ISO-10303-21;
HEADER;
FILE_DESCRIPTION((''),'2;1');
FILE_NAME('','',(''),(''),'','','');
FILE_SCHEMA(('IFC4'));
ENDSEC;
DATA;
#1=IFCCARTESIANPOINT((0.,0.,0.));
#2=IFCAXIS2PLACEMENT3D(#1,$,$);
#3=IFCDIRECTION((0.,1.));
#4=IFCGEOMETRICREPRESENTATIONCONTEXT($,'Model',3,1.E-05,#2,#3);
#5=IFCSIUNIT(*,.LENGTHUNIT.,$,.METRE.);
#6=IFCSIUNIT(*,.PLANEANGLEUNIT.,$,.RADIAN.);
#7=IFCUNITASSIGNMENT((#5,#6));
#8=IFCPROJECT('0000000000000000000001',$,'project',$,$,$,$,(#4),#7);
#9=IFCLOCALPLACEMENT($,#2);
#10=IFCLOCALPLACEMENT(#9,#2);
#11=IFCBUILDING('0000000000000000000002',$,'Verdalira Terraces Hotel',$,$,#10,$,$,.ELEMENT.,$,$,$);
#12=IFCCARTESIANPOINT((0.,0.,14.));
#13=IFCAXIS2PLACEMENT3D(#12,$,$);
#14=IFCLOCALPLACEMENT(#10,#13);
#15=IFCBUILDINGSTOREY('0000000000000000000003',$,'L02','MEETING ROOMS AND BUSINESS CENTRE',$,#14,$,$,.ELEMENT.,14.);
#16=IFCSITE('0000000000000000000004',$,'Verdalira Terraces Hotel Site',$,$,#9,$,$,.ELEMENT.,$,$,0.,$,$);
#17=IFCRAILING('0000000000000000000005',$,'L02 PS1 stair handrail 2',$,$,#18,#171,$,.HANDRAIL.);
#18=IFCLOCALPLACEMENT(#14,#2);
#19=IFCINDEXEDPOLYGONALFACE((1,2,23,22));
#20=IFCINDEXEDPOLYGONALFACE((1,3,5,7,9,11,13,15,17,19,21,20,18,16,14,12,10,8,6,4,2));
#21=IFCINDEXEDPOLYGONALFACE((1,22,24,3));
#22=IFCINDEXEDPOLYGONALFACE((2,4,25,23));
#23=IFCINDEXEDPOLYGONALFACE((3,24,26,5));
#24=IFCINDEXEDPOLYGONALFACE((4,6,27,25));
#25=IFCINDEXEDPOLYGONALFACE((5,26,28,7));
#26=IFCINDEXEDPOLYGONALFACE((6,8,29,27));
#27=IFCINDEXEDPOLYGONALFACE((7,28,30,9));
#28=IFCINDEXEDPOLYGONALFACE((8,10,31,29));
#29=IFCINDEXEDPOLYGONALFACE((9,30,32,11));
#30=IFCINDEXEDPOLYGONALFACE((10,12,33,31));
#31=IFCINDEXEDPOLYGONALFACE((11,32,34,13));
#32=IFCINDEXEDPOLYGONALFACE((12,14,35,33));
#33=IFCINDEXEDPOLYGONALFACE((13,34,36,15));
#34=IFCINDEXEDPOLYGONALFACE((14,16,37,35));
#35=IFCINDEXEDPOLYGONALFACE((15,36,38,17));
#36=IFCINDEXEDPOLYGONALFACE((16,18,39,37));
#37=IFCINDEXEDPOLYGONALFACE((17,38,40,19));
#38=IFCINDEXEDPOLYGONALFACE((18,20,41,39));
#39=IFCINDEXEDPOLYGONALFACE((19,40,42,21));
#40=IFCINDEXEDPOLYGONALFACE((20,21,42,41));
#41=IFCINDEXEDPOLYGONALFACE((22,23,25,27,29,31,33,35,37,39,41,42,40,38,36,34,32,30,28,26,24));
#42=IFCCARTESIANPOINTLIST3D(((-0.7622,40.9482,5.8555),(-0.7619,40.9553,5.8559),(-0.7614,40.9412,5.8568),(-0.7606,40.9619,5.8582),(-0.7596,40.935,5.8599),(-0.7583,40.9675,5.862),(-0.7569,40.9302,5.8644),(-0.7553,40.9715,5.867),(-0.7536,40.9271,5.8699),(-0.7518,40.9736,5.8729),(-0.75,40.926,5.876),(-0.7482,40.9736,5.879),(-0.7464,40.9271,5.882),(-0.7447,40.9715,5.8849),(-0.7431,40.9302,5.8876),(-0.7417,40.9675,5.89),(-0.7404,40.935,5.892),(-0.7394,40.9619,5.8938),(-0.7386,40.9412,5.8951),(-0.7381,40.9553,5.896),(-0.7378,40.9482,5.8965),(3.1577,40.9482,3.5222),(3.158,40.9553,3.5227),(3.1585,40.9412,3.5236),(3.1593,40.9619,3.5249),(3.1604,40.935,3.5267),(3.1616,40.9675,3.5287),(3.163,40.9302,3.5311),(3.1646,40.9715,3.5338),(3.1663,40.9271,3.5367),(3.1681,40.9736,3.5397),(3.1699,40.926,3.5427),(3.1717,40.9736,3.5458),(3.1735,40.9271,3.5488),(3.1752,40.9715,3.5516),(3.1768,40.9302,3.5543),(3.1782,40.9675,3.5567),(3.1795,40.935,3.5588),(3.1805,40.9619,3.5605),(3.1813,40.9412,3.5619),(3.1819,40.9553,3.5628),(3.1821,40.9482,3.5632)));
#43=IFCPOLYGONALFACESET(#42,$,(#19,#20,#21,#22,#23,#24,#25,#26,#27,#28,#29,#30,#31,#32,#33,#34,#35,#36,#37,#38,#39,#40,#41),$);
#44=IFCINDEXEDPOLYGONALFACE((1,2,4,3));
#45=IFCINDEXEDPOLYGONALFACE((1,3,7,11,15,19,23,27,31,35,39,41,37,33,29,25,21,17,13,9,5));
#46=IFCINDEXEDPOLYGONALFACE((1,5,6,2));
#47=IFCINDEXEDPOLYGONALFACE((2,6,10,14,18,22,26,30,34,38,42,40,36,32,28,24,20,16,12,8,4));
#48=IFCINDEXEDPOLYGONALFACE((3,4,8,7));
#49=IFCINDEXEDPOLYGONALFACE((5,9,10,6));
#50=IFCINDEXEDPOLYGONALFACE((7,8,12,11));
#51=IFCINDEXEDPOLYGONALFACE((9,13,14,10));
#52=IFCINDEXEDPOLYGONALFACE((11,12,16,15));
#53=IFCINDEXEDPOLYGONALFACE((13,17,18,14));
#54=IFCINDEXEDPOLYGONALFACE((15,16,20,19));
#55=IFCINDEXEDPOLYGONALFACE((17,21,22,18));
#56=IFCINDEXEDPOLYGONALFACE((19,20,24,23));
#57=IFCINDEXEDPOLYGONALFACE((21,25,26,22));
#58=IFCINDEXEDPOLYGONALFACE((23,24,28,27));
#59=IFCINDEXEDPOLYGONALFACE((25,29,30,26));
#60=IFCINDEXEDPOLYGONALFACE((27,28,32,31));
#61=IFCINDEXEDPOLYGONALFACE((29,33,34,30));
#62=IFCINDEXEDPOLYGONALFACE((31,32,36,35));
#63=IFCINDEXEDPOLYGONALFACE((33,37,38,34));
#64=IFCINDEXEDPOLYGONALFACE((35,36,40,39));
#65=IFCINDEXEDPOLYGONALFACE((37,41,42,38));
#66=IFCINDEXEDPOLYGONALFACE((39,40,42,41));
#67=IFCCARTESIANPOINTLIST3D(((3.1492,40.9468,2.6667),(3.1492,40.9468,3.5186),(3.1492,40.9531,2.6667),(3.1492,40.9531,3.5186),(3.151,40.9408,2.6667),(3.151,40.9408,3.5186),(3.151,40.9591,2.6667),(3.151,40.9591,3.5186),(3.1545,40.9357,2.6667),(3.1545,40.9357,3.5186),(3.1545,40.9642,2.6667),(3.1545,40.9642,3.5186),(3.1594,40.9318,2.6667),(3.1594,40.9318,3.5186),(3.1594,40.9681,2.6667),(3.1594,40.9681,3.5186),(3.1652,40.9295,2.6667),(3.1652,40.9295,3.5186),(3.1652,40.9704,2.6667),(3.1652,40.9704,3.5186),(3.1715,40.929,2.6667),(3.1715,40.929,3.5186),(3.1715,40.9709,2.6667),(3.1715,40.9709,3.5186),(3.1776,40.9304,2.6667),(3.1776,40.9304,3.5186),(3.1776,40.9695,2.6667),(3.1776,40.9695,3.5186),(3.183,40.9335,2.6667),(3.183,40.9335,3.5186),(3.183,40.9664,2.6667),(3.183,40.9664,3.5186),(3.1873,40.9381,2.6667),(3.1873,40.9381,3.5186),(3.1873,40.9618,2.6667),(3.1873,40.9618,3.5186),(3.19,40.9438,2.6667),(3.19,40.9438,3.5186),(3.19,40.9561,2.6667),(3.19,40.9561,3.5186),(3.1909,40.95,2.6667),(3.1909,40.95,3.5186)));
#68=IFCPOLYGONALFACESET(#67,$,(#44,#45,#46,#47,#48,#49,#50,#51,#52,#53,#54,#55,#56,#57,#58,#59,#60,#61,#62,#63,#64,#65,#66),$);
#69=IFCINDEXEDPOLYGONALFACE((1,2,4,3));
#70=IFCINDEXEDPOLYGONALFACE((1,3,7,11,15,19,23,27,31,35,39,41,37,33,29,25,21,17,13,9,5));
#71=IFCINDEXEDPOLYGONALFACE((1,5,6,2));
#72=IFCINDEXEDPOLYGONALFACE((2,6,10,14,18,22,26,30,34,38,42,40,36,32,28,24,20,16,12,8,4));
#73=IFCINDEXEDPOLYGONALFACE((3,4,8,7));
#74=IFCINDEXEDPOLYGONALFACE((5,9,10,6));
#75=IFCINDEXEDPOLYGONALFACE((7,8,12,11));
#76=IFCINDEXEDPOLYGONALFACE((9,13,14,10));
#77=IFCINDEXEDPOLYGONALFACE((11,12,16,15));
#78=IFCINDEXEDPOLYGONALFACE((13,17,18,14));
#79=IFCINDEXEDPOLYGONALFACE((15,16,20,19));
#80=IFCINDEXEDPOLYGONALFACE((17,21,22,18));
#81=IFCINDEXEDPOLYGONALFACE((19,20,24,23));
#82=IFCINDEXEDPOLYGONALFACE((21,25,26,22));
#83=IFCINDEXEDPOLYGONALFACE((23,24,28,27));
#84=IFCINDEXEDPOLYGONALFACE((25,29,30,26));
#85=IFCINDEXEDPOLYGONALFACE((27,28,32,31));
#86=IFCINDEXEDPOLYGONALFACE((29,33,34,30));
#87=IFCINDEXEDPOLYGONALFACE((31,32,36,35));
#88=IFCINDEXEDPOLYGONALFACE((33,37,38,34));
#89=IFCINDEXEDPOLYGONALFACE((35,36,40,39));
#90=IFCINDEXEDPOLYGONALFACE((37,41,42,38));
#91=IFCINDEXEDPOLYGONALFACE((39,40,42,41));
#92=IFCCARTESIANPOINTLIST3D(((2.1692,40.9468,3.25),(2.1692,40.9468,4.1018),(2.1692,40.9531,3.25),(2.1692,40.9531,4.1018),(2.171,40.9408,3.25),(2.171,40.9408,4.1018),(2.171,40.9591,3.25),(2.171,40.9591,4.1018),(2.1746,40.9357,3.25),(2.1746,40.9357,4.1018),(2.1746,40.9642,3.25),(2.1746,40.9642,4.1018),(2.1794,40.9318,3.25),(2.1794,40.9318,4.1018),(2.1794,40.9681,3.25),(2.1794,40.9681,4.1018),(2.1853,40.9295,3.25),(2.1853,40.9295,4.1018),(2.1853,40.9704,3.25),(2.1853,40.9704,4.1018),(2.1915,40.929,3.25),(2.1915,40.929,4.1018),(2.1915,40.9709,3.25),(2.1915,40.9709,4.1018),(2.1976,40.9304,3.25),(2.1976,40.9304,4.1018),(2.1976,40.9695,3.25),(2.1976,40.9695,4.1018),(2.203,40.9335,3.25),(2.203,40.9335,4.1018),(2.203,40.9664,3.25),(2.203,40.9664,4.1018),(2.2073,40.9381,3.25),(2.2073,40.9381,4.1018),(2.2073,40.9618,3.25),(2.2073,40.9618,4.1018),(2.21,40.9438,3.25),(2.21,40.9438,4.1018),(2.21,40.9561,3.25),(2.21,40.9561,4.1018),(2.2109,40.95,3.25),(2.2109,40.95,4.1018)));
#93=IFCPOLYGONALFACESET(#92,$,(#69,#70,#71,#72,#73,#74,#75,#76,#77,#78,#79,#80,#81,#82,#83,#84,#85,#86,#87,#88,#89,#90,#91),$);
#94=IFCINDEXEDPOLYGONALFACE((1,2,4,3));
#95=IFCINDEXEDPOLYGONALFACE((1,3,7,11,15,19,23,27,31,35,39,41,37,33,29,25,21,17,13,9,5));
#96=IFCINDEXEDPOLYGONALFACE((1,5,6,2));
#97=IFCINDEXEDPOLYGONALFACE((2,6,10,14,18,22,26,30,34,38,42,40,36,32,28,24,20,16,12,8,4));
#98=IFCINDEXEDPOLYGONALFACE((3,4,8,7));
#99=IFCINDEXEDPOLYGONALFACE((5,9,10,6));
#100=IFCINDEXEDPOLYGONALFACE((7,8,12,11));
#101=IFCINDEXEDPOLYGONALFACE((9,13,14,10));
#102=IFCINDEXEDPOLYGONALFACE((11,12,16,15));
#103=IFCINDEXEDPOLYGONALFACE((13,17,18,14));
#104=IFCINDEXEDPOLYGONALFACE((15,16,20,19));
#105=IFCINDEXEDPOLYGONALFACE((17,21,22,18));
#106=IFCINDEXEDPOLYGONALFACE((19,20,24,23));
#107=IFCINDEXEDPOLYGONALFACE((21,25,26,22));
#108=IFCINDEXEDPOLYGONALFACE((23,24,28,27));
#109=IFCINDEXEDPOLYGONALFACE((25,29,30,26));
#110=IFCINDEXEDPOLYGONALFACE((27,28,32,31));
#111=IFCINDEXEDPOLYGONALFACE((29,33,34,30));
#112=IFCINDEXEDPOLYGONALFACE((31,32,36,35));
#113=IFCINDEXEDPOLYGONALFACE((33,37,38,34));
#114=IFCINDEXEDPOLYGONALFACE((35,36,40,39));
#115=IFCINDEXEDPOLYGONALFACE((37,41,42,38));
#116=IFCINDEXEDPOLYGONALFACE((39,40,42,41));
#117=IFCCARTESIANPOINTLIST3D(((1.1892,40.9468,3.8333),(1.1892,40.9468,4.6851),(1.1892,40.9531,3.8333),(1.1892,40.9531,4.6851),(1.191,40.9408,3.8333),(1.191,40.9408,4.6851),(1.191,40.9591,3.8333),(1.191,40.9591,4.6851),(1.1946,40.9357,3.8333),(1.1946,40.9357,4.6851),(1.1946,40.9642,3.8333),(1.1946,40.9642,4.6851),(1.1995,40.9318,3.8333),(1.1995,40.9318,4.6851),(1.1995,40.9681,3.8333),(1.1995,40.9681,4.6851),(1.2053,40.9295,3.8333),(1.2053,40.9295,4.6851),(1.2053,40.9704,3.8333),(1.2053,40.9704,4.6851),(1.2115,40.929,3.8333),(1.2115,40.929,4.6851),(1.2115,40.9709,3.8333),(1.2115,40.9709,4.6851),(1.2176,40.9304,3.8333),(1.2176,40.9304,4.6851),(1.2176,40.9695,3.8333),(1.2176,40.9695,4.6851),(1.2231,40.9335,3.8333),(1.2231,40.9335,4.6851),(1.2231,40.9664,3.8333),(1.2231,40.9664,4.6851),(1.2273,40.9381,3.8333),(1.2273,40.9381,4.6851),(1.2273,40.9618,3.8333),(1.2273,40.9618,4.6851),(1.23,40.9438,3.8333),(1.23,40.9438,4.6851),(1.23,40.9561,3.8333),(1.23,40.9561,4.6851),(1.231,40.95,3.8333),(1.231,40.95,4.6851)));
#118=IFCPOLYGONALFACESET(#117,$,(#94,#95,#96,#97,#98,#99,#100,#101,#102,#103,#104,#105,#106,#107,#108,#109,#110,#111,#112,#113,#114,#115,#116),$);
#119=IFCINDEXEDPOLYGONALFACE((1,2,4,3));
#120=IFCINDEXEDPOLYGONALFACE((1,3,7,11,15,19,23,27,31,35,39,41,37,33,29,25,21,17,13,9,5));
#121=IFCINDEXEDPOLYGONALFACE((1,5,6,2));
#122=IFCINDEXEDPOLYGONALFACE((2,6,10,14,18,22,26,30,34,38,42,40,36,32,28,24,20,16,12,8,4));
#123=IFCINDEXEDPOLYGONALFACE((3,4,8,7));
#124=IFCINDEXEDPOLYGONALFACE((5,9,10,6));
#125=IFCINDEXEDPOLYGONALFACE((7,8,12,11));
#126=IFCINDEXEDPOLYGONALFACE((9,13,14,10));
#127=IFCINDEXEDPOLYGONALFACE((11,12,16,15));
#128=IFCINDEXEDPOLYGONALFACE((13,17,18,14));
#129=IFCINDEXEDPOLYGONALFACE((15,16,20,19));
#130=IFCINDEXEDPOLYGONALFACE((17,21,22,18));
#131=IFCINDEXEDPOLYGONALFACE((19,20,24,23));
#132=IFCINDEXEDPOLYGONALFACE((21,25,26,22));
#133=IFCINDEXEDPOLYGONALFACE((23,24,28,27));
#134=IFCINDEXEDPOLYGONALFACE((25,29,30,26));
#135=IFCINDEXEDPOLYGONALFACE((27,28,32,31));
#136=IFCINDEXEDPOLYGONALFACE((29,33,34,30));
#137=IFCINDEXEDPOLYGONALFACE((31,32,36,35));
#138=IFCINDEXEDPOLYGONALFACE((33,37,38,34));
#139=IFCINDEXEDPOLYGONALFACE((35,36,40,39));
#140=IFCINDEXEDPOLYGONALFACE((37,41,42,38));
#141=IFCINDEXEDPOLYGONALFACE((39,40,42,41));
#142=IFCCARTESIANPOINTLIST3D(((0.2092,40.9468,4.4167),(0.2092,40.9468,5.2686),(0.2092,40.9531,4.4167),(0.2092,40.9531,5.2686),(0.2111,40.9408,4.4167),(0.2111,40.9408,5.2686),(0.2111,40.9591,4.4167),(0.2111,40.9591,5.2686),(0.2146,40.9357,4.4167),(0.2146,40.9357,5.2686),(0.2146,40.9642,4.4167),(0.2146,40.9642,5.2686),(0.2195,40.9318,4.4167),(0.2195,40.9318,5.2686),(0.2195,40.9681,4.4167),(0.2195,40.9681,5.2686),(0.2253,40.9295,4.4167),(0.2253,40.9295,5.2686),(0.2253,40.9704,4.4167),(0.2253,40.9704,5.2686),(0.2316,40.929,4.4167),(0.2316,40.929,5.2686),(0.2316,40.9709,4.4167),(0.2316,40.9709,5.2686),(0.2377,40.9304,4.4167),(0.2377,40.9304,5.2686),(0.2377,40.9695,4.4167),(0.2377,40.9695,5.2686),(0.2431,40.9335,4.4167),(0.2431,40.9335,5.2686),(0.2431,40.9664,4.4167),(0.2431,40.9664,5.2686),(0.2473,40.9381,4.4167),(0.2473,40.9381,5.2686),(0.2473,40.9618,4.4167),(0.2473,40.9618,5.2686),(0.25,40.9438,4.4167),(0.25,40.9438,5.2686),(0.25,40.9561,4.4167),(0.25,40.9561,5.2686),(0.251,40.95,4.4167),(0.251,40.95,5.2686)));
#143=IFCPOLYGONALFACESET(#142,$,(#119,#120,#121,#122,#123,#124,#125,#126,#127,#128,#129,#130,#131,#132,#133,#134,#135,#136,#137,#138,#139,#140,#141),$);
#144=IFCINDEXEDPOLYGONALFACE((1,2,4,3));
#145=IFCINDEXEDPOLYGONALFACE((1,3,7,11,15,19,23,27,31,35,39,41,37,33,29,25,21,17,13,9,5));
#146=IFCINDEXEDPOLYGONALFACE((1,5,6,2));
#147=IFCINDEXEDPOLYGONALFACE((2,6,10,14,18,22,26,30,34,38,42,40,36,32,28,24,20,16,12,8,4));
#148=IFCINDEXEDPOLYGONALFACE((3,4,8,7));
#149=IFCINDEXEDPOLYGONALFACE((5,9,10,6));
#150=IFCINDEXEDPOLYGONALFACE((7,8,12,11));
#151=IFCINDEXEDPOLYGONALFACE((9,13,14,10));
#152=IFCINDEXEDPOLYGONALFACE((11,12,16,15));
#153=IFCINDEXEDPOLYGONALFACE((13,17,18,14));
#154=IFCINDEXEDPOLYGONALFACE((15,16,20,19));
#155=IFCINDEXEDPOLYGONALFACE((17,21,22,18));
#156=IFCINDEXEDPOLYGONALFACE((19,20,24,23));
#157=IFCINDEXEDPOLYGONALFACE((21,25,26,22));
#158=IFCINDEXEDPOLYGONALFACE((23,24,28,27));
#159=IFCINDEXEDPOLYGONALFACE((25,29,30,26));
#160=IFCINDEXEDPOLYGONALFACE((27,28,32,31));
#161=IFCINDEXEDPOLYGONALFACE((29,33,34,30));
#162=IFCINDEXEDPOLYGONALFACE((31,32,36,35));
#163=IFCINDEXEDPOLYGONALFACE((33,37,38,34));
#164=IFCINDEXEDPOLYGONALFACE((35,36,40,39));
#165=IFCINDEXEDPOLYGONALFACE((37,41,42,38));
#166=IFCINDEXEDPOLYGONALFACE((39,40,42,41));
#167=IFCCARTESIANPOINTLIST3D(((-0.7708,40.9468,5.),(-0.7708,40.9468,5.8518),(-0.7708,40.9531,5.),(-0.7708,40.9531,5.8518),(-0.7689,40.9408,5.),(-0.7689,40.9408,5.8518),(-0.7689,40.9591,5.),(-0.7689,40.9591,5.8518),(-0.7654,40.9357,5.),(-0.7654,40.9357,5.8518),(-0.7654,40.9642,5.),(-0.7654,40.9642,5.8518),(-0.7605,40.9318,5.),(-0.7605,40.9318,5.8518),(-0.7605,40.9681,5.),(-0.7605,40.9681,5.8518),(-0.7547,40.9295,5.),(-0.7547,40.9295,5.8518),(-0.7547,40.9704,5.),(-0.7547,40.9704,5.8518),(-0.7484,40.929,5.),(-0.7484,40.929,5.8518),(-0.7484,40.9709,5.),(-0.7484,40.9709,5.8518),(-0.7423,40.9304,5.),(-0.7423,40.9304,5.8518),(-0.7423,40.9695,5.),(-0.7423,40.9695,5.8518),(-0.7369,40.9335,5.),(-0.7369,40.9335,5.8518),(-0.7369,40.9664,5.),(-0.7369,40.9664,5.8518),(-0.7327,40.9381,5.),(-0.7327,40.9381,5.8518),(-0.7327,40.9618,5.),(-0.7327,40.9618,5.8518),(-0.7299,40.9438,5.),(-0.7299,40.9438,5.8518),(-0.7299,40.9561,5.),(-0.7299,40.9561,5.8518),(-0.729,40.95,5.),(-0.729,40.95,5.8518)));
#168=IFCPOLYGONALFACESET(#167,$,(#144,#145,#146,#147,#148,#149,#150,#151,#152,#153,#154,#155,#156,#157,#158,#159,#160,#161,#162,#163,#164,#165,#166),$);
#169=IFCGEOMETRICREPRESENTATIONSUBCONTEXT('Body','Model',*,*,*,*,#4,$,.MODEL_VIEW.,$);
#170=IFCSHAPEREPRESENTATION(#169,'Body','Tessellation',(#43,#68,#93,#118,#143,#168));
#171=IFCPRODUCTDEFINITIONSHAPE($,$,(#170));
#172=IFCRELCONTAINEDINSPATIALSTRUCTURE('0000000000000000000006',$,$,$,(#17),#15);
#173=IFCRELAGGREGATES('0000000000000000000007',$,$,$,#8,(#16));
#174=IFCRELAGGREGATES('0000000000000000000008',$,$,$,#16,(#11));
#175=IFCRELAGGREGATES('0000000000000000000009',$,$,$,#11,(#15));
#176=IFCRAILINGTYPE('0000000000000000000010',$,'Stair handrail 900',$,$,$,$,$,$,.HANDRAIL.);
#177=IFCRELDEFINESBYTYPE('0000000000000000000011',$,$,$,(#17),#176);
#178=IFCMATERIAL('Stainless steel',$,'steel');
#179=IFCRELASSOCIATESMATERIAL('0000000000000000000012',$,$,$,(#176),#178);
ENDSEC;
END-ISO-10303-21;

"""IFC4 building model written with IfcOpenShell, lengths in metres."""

from ifc_helpers import new_model, si_unit, direction, frame, origin, origin_2d, place, context, subcontext, project, spatial, circle, extrude, material, type_object, element, save


model = new_model("IFC4")

# Units and contexts
model_context = context("Model", 3, precision=1e-05, world=origin(), true_north=direction((0.0, 1.0)))
body_context = subcontext(model_context, "Body", "Model", "MODEL_VIEW")
ifc_project = project(units=[si_unit("LENGTHUNIT", "METRE"), si_unit("PLANEANGLEUNIT", "RADIAN")], contexts=[model_context])

# Site, building, storey
site_placement = place(None, origin())
site = spatial("IfcSite", under=ifc_project, at=site_placement, Name="Verdalira Terraces Hotel Site", CompositionType="ELEMENT", RefElevation=0.0)
building_placement = place(site_placement, origin())
building = spatial("IfcBuilding", under=site, at=building_placement, Name="Verdalira Terraces Hotel", CompositionType="ELEMENT")
storey_placement = place(building_placement, frame((0.0, 0.0, 14.0)))
storey = spatial("IfcBuildingStorey", under=building, at=storey_placement, Name="L02", Description="MEETING ROOMS AND BUSINESS CENTRE", CompositionType="ELEMENT", Elevation=14.0)

# Railing
ifc_material_1 = material(Name="Stainless steel", Category="steel")
railing_type_1 = type_object("IfcRailingType", Name="Stair handrail 900", PredefinedType="HANDRAIL", material=ifc_material_1)
railing_1_placement = place(storey_placement, frame((3.1699, 40.95, 2.6667)))
element("IfcRailing", 1, at=railing_1_placement, inside=storey, type_object=railing_type_1, Name="L02 PS1 stair handrail 2", PredefinedType="HANDRAIL", context=body_context, shape_type="SweptSolid", body=[
    extrude(circle(Radius=0.0239, at=origin_2d()), frame((0.0, 0.0, 0.876), z_axis=(-0.859296, 0.0, 0.511478), x_axis=(0.0, -1.0, 0.0)), (0.0, 0.0, 1.0), 4.5618),
    extrude(circle(Radius=0.021, at=origin_2d()), origin(), (0.0, 0.0, 1.0), 0.8518),
    extrude(circle(Radius=0.021, at=origin_2d()), frame((-0.98, 0.0, 0.5833)), (0.0, 0.0, 1.0), 0.8518),
    extrude(circle(Radius=0.021, at=origin_2d()), frame((-1.96, 0.0, 1.1665)), (0.0, 0.0, 1.0), 0.8518),
    extrude(circle(Radius=0.021, at=origin_2d()), frame((-2.9399, 0.0, 1.75)), (0.0, 0.0, 1.0), 0.8518),
    extrude(circle(Radius=0.021, at=origin_2d()), frame((-3.9199, 0.0, 2.3333)), (0.0, 0.0, 1.0), 0.8518),
])

save(model, "model.ifc")
